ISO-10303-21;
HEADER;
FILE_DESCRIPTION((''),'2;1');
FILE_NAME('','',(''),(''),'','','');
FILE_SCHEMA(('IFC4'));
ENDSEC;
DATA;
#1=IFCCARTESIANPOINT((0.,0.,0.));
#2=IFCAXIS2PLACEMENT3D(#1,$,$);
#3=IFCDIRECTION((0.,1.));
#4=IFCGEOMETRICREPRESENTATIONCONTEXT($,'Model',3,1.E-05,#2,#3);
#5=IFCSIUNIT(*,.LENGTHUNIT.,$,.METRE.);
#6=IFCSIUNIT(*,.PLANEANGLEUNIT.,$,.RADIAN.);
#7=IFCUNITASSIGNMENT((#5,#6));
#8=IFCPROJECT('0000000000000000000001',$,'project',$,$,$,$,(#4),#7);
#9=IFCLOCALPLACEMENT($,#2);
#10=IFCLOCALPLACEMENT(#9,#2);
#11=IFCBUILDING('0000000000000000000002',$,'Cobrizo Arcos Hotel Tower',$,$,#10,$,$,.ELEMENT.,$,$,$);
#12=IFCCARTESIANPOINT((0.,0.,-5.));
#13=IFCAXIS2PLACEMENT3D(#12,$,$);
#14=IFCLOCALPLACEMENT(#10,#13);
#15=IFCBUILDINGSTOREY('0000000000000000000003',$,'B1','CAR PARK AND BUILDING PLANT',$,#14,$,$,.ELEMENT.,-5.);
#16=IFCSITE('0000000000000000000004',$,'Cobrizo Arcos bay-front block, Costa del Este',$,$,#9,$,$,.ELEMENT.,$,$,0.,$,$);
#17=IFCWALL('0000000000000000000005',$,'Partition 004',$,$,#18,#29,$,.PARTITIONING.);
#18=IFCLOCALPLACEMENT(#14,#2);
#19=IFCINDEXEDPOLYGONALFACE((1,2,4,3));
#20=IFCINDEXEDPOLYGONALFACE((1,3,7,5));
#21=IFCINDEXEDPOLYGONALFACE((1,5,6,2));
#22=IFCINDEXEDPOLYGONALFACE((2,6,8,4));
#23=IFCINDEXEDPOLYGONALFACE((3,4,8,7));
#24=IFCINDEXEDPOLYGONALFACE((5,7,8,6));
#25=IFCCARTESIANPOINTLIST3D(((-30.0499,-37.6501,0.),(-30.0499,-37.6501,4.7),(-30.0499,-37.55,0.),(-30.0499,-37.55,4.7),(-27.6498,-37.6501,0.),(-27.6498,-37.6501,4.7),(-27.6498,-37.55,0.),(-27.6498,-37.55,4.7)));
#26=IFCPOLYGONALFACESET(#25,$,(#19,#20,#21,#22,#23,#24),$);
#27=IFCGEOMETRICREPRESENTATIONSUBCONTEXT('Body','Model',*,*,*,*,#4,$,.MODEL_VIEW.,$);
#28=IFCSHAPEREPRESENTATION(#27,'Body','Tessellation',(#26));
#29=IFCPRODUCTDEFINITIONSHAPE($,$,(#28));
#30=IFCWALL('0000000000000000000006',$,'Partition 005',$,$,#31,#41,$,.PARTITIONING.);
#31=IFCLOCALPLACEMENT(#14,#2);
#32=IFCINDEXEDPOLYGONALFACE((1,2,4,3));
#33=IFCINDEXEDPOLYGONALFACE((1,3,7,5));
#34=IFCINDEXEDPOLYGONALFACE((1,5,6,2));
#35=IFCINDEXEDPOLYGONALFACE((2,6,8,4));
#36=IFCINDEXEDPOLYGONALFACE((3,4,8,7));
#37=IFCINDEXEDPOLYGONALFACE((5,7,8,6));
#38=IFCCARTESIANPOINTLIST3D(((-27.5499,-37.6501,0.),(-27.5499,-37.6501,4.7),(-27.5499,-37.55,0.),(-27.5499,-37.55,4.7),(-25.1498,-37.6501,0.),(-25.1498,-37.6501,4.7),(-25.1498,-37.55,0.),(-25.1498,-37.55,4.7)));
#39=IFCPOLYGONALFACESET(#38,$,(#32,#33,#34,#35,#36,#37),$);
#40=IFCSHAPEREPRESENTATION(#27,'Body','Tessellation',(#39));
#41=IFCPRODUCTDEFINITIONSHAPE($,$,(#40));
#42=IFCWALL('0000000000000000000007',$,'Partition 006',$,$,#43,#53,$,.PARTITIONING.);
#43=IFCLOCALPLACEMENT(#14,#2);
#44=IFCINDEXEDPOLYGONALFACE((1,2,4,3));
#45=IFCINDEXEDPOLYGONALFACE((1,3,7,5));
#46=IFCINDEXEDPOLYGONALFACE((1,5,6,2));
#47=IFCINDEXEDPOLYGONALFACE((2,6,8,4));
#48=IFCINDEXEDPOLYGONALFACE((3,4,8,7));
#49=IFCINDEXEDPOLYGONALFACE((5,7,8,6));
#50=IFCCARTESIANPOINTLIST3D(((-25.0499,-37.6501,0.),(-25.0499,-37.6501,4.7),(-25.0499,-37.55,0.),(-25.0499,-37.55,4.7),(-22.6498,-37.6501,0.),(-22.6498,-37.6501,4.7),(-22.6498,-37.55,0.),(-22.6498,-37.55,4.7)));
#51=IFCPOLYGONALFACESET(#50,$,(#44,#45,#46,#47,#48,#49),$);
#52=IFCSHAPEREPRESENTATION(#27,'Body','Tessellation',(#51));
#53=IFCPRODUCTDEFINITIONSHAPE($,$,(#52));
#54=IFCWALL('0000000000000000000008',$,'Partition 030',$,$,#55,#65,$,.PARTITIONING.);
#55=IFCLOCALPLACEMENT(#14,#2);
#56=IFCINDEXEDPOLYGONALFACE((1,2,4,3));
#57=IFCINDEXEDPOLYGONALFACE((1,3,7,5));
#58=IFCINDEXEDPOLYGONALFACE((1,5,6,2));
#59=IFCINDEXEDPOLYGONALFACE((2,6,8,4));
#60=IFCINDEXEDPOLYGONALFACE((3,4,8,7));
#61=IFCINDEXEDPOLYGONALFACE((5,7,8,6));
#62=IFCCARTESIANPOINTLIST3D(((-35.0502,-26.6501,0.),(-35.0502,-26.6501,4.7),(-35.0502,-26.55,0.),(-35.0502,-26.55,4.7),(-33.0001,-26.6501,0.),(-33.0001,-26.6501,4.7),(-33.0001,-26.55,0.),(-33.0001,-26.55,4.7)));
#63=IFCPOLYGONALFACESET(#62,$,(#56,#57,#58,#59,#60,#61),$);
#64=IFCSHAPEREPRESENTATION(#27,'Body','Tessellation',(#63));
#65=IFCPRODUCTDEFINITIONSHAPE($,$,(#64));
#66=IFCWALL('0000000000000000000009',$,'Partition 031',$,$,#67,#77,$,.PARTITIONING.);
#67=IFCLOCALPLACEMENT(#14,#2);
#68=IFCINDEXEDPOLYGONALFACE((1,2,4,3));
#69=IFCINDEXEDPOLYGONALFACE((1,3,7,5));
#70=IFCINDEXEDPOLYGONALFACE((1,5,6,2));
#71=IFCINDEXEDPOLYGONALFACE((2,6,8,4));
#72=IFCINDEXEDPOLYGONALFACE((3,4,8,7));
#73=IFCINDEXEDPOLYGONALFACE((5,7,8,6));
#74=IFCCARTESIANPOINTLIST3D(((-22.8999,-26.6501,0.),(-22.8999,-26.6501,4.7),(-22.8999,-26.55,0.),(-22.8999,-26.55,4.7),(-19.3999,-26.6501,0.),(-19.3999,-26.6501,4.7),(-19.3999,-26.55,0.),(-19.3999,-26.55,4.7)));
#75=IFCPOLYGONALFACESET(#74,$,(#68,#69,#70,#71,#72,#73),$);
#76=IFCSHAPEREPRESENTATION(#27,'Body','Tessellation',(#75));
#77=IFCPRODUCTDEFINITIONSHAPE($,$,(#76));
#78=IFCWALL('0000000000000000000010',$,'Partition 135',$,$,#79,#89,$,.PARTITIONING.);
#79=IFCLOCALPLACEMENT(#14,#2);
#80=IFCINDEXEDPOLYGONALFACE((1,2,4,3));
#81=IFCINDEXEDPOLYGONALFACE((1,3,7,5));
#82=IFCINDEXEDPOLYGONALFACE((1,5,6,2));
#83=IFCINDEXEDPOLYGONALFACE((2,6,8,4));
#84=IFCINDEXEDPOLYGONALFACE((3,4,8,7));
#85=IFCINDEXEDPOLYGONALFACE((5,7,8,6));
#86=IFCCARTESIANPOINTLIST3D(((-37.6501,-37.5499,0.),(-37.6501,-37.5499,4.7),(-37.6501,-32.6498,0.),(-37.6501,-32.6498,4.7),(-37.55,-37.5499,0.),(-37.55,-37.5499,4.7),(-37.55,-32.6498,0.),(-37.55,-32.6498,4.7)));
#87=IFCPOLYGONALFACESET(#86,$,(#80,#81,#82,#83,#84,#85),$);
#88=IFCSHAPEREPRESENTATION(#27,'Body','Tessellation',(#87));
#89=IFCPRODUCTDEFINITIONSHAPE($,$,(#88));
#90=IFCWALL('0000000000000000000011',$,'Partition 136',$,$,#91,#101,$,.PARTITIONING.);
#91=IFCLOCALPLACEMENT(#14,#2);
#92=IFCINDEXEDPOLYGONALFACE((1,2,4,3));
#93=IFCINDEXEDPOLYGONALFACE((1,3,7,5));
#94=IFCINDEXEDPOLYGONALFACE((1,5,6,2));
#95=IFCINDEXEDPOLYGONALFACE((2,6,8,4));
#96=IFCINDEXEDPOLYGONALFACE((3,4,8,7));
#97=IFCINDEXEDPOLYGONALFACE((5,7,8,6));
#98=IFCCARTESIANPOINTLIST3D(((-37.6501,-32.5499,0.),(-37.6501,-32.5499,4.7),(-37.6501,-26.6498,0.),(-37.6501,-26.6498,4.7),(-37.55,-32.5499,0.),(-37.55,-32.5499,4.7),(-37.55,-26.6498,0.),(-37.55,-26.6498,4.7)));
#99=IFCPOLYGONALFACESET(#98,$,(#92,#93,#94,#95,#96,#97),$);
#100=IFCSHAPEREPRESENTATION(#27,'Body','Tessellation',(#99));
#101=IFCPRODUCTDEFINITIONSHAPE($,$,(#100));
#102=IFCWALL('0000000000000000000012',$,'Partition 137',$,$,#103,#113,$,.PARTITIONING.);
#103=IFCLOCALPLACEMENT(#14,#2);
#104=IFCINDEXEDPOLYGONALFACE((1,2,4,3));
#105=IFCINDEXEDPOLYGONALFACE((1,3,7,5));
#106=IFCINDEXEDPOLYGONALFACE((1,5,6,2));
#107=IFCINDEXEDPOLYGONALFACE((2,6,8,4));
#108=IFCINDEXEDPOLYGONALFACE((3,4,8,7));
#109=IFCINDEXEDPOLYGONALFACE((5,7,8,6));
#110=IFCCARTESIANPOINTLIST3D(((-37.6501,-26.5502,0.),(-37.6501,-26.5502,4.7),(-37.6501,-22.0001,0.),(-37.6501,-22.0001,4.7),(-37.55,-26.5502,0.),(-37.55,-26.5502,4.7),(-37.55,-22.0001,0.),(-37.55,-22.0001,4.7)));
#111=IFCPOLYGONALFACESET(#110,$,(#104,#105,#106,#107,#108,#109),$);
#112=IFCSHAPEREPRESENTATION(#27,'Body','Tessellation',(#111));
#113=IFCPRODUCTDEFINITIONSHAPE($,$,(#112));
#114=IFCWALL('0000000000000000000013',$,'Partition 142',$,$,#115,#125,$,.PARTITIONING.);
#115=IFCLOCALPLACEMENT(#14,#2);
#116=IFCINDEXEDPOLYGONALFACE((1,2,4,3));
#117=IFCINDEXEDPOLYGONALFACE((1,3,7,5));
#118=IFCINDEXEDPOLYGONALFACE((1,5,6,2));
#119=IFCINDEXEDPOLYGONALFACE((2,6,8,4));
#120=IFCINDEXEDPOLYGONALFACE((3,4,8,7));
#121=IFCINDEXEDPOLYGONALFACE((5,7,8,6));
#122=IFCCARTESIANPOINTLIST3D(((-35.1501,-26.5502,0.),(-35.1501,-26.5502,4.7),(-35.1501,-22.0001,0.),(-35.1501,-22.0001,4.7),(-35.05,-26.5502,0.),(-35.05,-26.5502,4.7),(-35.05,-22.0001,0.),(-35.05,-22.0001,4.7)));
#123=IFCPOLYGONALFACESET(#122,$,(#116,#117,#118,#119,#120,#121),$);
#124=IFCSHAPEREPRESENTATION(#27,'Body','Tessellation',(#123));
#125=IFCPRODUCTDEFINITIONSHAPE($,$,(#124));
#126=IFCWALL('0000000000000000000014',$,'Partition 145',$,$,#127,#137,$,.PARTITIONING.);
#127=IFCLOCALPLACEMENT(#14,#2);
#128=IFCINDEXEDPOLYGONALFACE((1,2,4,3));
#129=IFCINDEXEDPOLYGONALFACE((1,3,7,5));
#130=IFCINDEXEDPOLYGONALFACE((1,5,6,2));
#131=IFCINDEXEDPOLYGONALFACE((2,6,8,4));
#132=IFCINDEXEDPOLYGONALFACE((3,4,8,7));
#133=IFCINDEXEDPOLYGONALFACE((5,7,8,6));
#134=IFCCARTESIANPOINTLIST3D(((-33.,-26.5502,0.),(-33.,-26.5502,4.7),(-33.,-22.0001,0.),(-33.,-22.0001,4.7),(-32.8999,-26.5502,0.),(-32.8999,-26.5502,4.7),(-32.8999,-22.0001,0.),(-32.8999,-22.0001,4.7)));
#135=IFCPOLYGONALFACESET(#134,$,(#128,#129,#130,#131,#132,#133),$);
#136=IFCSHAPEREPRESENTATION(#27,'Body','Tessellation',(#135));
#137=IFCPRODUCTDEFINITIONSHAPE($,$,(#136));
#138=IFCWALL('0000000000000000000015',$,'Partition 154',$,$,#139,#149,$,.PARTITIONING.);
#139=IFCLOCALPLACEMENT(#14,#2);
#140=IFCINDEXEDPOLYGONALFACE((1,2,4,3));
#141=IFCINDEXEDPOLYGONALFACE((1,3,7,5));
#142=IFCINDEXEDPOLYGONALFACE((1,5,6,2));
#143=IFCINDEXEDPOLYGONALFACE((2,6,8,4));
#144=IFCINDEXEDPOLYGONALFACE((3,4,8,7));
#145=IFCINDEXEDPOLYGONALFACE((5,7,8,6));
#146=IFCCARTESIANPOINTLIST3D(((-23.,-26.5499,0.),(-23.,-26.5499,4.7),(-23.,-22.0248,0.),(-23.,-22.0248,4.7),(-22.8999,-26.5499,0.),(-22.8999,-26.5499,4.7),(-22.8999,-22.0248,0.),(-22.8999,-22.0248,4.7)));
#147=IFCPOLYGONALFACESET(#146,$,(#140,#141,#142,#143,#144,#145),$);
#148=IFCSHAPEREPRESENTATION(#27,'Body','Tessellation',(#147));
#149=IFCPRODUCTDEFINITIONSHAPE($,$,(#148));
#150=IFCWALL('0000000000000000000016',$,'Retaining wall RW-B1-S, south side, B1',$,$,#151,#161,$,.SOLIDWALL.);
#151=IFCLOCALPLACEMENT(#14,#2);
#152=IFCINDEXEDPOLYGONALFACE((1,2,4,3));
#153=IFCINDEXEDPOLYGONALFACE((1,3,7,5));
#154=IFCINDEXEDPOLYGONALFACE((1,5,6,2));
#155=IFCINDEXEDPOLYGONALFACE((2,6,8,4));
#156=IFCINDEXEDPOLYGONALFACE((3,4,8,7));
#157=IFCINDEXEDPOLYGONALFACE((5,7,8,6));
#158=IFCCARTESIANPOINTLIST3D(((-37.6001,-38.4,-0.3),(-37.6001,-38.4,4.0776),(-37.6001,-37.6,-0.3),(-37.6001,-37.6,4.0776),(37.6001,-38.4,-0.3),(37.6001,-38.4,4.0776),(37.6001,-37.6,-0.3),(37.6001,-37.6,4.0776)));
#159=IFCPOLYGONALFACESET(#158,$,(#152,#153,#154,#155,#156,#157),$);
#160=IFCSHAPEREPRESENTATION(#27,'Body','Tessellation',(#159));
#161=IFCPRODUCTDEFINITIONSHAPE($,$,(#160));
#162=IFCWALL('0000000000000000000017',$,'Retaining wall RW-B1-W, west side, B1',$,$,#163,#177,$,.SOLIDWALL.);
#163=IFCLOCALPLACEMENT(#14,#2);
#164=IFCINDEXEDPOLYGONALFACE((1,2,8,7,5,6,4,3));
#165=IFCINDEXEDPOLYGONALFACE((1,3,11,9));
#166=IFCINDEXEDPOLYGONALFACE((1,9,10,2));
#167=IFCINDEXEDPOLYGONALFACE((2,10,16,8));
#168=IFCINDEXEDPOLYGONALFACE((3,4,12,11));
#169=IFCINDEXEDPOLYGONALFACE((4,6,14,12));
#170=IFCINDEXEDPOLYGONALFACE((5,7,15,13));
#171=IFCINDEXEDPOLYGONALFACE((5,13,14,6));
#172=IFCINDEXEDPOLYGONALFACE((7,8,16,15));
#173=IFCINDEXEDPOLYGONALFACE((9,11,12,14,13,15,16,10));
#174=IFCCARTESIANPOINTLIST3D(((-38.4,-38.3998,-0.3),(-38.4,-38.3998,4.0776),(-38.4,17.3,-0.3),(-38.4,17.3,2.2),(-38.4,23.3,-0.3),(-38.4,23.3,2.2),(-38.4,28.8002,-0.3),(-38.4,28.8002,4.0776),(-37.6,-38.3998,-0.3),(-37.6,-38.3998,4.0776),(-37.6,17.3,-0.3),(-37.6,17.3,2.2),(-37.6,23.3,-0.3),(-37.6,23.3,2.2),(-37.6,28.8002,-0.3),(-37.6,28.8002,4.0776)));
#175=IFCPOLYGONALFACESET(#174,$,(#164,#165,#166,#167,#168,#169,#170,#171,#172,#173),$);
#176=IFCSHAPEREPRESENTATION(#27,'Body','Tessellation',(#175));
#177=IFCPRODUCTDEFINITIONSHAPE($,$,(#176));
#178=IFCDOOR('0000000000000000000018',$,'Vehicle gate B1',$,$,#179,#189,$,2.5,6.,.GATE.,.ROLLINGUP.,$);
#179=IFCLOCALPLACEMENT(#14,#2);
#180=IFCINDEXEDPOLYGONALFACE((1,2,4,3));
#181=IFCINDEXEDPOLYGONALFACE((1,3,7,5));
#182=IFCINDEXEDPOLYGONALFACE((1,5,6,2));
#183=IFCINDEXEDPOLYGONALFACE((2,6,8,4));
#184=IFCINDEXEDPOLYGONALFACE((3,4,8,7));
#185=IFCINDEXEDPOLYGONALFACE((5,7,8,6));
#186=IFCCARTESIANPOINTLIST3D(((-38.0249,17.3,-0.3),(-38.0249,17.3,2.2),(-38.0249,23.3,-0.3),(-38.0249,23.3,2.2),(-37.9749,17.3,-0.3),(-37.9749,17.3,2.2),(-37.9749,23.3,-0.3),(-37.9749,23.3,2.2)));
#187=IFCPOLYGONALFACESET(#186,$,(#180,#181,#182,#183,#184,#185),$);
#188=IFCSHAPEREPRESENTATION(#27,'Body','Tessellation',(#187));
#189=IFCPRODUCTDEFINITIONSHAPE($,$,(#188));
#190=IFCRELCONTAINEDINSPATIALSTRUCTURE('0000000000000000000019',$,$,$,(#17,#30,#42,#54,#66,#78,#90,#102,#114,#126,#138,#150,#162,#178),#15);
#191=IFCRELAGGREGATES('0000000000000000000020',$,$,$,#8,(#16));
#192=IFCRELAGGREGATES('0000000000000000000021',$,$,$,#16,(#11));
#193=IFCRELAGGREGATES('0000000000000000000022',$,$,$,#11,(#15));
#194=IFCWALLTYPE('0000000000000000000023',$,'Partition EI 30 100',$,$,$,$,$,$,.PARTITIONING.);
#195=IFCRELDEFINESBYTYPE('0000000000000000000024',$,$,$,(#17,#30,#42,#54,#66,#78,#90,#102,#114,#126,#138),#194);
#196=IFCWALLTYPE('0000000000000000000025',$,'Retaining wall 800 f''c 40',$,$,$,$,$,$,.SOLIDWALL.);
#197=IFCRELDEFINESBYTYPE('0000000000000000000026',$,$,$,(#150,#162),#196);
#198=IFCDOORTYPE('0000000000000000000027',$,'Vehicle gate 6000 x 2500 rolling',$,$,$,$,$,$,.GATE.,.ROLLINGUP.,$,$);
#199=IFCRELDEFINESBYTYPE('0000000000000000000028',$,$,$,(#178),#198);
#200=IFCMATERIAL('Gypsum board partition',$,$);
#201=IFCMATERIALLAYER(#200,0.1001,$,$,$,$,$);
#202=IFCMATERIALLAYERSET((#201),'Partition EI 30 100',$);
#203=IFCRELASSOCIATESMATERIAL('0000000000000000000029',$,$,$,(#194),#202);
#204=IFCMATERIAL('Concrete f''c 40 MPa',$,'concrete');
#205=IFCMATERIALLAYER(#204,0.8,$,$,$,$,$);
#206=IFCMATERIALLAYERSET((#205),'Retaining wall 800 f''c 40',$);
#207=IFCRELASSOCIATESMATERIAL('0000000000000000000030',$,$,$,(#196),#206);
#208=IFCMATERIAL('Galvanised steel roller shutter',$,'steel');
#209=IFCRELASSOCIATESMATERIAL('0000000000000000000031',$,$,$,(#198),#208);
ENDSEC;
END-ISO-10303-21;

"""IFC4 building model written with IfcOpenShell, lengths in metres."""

from ifc_helpers import new_model, si_unit, direction, frame, frame_2d, origin, place, context, subcontext, project, spatial, rectangle, extrude, material, layer, layer_set, type_object, element, fill, save


model = new_model("IFC4")

# Units and contexts
model_context = context("Model", 3, precision=1e-05, world=origin(), true_north=direction((0.0, 1.0)))
body_context = subcontext(model_context, "Body", "Model", "MODEL_VIEW")
ifc_project = project(units=[si_unit("LENGTHUNIT", "METRE"), si_unit("PLANEANGLEUNIT", "RADIAN")], contexts=[model_context])

# Site, building, storey
site_placement = place(None, origin())
site = spatial("IfcSite", under=ifc_project, at=site_placement, Name="Cobrizo Arcos bay-front block, Costa del Este", CompositionType="ELEMENT", RefElevation=0.0)
building_placement = place(site_placement, origin())
building = spatial("IfcBuilding", under=site, at=building_placement, Name="Cobrizo Arcos Hotel Tower", CompositionType="ELEMENT")
storey_placement = place(building_placement, frame((0.0, 0.0, -5.0)))
storey = spatial("IfcBuildingStorey", under=building, at=storey_placement, Name="B1", Description="CAR PARK AND BUILDING PLANT", CompositionType="ELEMENT", Elevation=-5.0)

# Walls
ifc_material_1 = material(Name="Gypsum board partition")
ifc_layer_1 = layer(ifc_material_1, 0.1001)
ifc_layer_set_1 = layer_set([ifc_layer_1], Name="Partition EI 30 100")
wall_type_1 = type_object("IfcWallType", Name="Partition EI 30 100", PredefinedType="PARTITIONING", material=ifc_layer_set_1)
for number, where, z_axis, x_axis, name in (
    (1, (-30.05, -37.6001, 0.0), (0.0, 0.0, 1.0), (1.0, 0.0, 0.0), "Partition 004"),
    (2, (-27.55, -37.6001, 0.0), (0.0, 0.0, 1.0), (1.0, 0.0, 0.0), "Partition 005"),
    (3, (-25.05, -37.6001, 0.0), (0.0, 0.0, 1.0), (1.0, 0.0, 0.0), "Partition 006"),
):
    element("IfcWall", number, at=place(storey_placement, frame(where, z_axis=z_axis, x_axis=x_axis)), inside=storey, type_object=wall_type_1, Name=name, PredefinedType="PARTITIONING", context=body_context, shape_type="SweptSolid", body=[
        extrude(rectangle(XDim=2.4001, YDim=0.1001, at=frame_2d((1.2002, 0.0))), origin(), (0.0, 0.0, 1.0), 4.7),
    ])
wall_1_placement = place(storey_placement, frame((-35.05, -26.6001, 0.0), z_axis=(0.0, 0.0, 1.0), x_axis=(1.0, 0.0, 0.0)))
element("IfcWall", 4, at=wall_1_placement, inside=storey, type_object=wall_type_1, Name="Partition 030", PredefinedType="PARTITIONING", context=body_context, shape_type="SweptSolid", body=[
    extrude(rectangle(XDim=2.05, YDim=0.1001, at=frame_2d((1.0249, 0.0))), origin(), (0.0, 0.0, 1.0), 4.7),
])
wall_2_placement = place(storey_placement, frame((-22.8999, -26.6001, 0.0), z_axis=(0.0, 0.0, 1.0), x_axis=(1.0, 0.0, 0.0)))
element("IfcWall", 5, at=wall_2_placement, inside=storey, type_object=wall_type_1, Name="Partition 031", PredefinedType="PARTITIONING", context=body_context, shape_type="SweptSolid", body=[
    extrude(rectangle(XDim=3.5, YDim=0.1001, at=frame_2d((1.75, 0.0))), origin(), (0.0, 0.0, 1.0), 4.7),
])
wall_3_placement = place(storey_placement, frame((-37.6001, -37.55, 0.0), z_axis=(0.0, 0.0, 1.0), x_axis=(0.0, 1.0, 0.0)))
element("IfcWall", 6, at=wall_3_placement, inside=storey, type_object=wall_type_1, Name="Partition 135", PredefinedType="PARTITIONING", context=body_context, shape_type="SweptSolid", body=[
    extrude(rectangle(XDim=4.9001, YDim=0.1001, at=frame_2d((2.4502, 0.0))), origin(), (0.0, 0.0, 1.0), 4.7),
])
wall_4_placement = place(storey_placement, frame((-37.6001, -32.55, 0.0), z_axis=(0.0, 0.0, 1.0), x_axis=(0.0, 1.0, 0.0)))
element("IfcWall", 7, at=wall_4_placement, inside=storey, type_object=wall_type_1, Name="Partition 136", PredefinedType="PARTITIONING", context=body_context, shape_type="SweptSolid", body=[
    extrude(rectangle(XDim=5.9001, YDim=0.1001, at=frame_2d((2.9502, 0.0))), origin(), (0.0, 0.0, 1.0), 4.7),
])
for number, where, z_axis, x_axis, name in (
    (8, (-37.6001, -26.55, 0.0), (0.0, 0.0, 1.0), (0.0, 1.0, 0.0), "Partition 137"),
    (9, (-35.1001, -26.55, 0.0), (0.0, 0.0, 1.0), (0.0, 1.0, 0.0), "Partition 142"),
    (10, (-32.95, -26.55, 0.0), (0.0, 0.0, 1.0), (0.0, 1.0, 0.0), "Partition 145"),
):
    element("IfcWall", number, at=place(storey_placement, frame(where, z_axis=z_axis, x_axis=x_axis)), inside=storey, type_object=wall_type_1, Name=name, PredefinedType="PARTITIONING", context=body_context, shape_type="SweptSolid", body=[
        extrude(rectangle(XDim=4.55, YDim=0.1001, at=frame_2d((2.2749, 0.0))), origin(), (0.0, 0.0, 1.0), 4.7),
    ])
wall_5_placement = place(storey_placement, frame((-22.95, -26.55, 0.0), z_axis=(0.0, 0.0, 1.0), x_axis=(0.0, 1.0, 0.0)))
element("IfcWall", 11, at=wall_5_placement, inside=storey, type_object=wall_type_1, Name="Partition 154", PredefinedType="PARTITIONING", context=body_context, shape_type="SweptSolid", body=[
    extrude(rectangle(XDim=4.5251, YDim=0.1001, at=frame_2d((2.2627, 0.0))), origin(), (0.0, 0.0, 1.0), 4.7),
])
ifc_material_2 = material(Name="Concrete f'c 40 MPa", Category="concrete")
ifc_layer_2 = layer(ifc_material_2, 0.8)
ifc_layer_set_2 = layer_set([ifc_layer_2], Name="Retaining wall 800 f'c 40")
wall_type_2 = type_object("IfcWallType", Name="Retaining wall 800 f'c 40", PredefinedType="SOLIDWALL", material=ifc_layer_set_2)
wall_6_placement = place(storey_placement, frame((-37.6001, -38.0, -0.3), z_axis=(0.0, 0.0, 1.0), x_axis=(1.0, 0.0, 0.0)))
element("IfcWall", 12, at=wall_6_placement, inside=storey, type_object=wall_type_2, Name="Retaining wall RW-B1-S, south side, B1", PredefinedType="SOLIDWALL", context=body_context, shape_type="SweptSolid", body=[
    extrude(rectangle(XDim=75.2002, YDim=0.8, at=frame_2d((37.6001, 0.0))), origin(), (0.0, 0.0, 1.0), 4.3777),
])

# Wall, opening, door
wall_7_placement = place(storey_placement, frame((-38.0, -38.3999, -0.3), z_axis=(0.0, 0.0, 1.0), x_axis=(0.0, 1.0, 0.0)))
wall_7 = element("IfcWall", 13, at=wall_7_placement, inside=storey, type_object=wall_type_2, Name="Retaining wall RW-B1-W, west side, B1", PredefinedType="SOLIDWALL", context=body_context, shape_type="SweptSolid", body=[
    extrude(rectangle(XDim=67.2, YDim=0.8, at=frame_2d((33.6001, 0.0))), origin(), (0.0, 0.0, 1.0), 4.3777),
])
opening_placement = place(wall_7_placement, frame((55.7, 0.0, 0.0)))
opening = element("IfcOpeningElement", 14, at=opening_placement, cuts=wall_7, PredefinedType="OPENING", context=body_context, shape_type="SweptSolid", body=[
    extrude(rectangle(XDim=6.0, YDim=2.5, at=frame_2d((3.0, 1.25))), frame((0.0, 0.4121, 0.0), z_axis=(0.0, -1.0, 0.0), x_axis=(1.0, 0.0, 0.0)), (0.0, 0.0, 1.0), 0.824),
])
ifc_material_3 = material(Name="Galvanised steel roller shutter", Category="steel")
door_type = type_object("IfcDoorType", Name="Vehicle gate 6000 x 2500 rolling", OperationType="ROLLINGUP", PredefinedType="GATE", material=ifc_material_3)
door_placement = place(opening_placement, origin())
door = element("IfcDoor", 15, at=door_placement, inside=storey, type_object=door_type, Name="Vehicle gate B1", OperationType="ROLLINGUP", OverallHeight=2.5, OverallWidth=6.0, PredefinedType="GATE", context=body_context, shape_type="SweptSolid", body=[
    extrude(rectangle(XDim=6.0, YDim=2.5, at=frame_2d((3.0, 1.25))), frame((0.0, 0.0249, 0.0), z_axis=(0.0, -1.0, 0.0), x_axis=(1.0, 0.0, 0.0)), (0.0, 0.0, 1.0), 0.05),
])
fill(opening, door)

save(model, "model.ifc")
